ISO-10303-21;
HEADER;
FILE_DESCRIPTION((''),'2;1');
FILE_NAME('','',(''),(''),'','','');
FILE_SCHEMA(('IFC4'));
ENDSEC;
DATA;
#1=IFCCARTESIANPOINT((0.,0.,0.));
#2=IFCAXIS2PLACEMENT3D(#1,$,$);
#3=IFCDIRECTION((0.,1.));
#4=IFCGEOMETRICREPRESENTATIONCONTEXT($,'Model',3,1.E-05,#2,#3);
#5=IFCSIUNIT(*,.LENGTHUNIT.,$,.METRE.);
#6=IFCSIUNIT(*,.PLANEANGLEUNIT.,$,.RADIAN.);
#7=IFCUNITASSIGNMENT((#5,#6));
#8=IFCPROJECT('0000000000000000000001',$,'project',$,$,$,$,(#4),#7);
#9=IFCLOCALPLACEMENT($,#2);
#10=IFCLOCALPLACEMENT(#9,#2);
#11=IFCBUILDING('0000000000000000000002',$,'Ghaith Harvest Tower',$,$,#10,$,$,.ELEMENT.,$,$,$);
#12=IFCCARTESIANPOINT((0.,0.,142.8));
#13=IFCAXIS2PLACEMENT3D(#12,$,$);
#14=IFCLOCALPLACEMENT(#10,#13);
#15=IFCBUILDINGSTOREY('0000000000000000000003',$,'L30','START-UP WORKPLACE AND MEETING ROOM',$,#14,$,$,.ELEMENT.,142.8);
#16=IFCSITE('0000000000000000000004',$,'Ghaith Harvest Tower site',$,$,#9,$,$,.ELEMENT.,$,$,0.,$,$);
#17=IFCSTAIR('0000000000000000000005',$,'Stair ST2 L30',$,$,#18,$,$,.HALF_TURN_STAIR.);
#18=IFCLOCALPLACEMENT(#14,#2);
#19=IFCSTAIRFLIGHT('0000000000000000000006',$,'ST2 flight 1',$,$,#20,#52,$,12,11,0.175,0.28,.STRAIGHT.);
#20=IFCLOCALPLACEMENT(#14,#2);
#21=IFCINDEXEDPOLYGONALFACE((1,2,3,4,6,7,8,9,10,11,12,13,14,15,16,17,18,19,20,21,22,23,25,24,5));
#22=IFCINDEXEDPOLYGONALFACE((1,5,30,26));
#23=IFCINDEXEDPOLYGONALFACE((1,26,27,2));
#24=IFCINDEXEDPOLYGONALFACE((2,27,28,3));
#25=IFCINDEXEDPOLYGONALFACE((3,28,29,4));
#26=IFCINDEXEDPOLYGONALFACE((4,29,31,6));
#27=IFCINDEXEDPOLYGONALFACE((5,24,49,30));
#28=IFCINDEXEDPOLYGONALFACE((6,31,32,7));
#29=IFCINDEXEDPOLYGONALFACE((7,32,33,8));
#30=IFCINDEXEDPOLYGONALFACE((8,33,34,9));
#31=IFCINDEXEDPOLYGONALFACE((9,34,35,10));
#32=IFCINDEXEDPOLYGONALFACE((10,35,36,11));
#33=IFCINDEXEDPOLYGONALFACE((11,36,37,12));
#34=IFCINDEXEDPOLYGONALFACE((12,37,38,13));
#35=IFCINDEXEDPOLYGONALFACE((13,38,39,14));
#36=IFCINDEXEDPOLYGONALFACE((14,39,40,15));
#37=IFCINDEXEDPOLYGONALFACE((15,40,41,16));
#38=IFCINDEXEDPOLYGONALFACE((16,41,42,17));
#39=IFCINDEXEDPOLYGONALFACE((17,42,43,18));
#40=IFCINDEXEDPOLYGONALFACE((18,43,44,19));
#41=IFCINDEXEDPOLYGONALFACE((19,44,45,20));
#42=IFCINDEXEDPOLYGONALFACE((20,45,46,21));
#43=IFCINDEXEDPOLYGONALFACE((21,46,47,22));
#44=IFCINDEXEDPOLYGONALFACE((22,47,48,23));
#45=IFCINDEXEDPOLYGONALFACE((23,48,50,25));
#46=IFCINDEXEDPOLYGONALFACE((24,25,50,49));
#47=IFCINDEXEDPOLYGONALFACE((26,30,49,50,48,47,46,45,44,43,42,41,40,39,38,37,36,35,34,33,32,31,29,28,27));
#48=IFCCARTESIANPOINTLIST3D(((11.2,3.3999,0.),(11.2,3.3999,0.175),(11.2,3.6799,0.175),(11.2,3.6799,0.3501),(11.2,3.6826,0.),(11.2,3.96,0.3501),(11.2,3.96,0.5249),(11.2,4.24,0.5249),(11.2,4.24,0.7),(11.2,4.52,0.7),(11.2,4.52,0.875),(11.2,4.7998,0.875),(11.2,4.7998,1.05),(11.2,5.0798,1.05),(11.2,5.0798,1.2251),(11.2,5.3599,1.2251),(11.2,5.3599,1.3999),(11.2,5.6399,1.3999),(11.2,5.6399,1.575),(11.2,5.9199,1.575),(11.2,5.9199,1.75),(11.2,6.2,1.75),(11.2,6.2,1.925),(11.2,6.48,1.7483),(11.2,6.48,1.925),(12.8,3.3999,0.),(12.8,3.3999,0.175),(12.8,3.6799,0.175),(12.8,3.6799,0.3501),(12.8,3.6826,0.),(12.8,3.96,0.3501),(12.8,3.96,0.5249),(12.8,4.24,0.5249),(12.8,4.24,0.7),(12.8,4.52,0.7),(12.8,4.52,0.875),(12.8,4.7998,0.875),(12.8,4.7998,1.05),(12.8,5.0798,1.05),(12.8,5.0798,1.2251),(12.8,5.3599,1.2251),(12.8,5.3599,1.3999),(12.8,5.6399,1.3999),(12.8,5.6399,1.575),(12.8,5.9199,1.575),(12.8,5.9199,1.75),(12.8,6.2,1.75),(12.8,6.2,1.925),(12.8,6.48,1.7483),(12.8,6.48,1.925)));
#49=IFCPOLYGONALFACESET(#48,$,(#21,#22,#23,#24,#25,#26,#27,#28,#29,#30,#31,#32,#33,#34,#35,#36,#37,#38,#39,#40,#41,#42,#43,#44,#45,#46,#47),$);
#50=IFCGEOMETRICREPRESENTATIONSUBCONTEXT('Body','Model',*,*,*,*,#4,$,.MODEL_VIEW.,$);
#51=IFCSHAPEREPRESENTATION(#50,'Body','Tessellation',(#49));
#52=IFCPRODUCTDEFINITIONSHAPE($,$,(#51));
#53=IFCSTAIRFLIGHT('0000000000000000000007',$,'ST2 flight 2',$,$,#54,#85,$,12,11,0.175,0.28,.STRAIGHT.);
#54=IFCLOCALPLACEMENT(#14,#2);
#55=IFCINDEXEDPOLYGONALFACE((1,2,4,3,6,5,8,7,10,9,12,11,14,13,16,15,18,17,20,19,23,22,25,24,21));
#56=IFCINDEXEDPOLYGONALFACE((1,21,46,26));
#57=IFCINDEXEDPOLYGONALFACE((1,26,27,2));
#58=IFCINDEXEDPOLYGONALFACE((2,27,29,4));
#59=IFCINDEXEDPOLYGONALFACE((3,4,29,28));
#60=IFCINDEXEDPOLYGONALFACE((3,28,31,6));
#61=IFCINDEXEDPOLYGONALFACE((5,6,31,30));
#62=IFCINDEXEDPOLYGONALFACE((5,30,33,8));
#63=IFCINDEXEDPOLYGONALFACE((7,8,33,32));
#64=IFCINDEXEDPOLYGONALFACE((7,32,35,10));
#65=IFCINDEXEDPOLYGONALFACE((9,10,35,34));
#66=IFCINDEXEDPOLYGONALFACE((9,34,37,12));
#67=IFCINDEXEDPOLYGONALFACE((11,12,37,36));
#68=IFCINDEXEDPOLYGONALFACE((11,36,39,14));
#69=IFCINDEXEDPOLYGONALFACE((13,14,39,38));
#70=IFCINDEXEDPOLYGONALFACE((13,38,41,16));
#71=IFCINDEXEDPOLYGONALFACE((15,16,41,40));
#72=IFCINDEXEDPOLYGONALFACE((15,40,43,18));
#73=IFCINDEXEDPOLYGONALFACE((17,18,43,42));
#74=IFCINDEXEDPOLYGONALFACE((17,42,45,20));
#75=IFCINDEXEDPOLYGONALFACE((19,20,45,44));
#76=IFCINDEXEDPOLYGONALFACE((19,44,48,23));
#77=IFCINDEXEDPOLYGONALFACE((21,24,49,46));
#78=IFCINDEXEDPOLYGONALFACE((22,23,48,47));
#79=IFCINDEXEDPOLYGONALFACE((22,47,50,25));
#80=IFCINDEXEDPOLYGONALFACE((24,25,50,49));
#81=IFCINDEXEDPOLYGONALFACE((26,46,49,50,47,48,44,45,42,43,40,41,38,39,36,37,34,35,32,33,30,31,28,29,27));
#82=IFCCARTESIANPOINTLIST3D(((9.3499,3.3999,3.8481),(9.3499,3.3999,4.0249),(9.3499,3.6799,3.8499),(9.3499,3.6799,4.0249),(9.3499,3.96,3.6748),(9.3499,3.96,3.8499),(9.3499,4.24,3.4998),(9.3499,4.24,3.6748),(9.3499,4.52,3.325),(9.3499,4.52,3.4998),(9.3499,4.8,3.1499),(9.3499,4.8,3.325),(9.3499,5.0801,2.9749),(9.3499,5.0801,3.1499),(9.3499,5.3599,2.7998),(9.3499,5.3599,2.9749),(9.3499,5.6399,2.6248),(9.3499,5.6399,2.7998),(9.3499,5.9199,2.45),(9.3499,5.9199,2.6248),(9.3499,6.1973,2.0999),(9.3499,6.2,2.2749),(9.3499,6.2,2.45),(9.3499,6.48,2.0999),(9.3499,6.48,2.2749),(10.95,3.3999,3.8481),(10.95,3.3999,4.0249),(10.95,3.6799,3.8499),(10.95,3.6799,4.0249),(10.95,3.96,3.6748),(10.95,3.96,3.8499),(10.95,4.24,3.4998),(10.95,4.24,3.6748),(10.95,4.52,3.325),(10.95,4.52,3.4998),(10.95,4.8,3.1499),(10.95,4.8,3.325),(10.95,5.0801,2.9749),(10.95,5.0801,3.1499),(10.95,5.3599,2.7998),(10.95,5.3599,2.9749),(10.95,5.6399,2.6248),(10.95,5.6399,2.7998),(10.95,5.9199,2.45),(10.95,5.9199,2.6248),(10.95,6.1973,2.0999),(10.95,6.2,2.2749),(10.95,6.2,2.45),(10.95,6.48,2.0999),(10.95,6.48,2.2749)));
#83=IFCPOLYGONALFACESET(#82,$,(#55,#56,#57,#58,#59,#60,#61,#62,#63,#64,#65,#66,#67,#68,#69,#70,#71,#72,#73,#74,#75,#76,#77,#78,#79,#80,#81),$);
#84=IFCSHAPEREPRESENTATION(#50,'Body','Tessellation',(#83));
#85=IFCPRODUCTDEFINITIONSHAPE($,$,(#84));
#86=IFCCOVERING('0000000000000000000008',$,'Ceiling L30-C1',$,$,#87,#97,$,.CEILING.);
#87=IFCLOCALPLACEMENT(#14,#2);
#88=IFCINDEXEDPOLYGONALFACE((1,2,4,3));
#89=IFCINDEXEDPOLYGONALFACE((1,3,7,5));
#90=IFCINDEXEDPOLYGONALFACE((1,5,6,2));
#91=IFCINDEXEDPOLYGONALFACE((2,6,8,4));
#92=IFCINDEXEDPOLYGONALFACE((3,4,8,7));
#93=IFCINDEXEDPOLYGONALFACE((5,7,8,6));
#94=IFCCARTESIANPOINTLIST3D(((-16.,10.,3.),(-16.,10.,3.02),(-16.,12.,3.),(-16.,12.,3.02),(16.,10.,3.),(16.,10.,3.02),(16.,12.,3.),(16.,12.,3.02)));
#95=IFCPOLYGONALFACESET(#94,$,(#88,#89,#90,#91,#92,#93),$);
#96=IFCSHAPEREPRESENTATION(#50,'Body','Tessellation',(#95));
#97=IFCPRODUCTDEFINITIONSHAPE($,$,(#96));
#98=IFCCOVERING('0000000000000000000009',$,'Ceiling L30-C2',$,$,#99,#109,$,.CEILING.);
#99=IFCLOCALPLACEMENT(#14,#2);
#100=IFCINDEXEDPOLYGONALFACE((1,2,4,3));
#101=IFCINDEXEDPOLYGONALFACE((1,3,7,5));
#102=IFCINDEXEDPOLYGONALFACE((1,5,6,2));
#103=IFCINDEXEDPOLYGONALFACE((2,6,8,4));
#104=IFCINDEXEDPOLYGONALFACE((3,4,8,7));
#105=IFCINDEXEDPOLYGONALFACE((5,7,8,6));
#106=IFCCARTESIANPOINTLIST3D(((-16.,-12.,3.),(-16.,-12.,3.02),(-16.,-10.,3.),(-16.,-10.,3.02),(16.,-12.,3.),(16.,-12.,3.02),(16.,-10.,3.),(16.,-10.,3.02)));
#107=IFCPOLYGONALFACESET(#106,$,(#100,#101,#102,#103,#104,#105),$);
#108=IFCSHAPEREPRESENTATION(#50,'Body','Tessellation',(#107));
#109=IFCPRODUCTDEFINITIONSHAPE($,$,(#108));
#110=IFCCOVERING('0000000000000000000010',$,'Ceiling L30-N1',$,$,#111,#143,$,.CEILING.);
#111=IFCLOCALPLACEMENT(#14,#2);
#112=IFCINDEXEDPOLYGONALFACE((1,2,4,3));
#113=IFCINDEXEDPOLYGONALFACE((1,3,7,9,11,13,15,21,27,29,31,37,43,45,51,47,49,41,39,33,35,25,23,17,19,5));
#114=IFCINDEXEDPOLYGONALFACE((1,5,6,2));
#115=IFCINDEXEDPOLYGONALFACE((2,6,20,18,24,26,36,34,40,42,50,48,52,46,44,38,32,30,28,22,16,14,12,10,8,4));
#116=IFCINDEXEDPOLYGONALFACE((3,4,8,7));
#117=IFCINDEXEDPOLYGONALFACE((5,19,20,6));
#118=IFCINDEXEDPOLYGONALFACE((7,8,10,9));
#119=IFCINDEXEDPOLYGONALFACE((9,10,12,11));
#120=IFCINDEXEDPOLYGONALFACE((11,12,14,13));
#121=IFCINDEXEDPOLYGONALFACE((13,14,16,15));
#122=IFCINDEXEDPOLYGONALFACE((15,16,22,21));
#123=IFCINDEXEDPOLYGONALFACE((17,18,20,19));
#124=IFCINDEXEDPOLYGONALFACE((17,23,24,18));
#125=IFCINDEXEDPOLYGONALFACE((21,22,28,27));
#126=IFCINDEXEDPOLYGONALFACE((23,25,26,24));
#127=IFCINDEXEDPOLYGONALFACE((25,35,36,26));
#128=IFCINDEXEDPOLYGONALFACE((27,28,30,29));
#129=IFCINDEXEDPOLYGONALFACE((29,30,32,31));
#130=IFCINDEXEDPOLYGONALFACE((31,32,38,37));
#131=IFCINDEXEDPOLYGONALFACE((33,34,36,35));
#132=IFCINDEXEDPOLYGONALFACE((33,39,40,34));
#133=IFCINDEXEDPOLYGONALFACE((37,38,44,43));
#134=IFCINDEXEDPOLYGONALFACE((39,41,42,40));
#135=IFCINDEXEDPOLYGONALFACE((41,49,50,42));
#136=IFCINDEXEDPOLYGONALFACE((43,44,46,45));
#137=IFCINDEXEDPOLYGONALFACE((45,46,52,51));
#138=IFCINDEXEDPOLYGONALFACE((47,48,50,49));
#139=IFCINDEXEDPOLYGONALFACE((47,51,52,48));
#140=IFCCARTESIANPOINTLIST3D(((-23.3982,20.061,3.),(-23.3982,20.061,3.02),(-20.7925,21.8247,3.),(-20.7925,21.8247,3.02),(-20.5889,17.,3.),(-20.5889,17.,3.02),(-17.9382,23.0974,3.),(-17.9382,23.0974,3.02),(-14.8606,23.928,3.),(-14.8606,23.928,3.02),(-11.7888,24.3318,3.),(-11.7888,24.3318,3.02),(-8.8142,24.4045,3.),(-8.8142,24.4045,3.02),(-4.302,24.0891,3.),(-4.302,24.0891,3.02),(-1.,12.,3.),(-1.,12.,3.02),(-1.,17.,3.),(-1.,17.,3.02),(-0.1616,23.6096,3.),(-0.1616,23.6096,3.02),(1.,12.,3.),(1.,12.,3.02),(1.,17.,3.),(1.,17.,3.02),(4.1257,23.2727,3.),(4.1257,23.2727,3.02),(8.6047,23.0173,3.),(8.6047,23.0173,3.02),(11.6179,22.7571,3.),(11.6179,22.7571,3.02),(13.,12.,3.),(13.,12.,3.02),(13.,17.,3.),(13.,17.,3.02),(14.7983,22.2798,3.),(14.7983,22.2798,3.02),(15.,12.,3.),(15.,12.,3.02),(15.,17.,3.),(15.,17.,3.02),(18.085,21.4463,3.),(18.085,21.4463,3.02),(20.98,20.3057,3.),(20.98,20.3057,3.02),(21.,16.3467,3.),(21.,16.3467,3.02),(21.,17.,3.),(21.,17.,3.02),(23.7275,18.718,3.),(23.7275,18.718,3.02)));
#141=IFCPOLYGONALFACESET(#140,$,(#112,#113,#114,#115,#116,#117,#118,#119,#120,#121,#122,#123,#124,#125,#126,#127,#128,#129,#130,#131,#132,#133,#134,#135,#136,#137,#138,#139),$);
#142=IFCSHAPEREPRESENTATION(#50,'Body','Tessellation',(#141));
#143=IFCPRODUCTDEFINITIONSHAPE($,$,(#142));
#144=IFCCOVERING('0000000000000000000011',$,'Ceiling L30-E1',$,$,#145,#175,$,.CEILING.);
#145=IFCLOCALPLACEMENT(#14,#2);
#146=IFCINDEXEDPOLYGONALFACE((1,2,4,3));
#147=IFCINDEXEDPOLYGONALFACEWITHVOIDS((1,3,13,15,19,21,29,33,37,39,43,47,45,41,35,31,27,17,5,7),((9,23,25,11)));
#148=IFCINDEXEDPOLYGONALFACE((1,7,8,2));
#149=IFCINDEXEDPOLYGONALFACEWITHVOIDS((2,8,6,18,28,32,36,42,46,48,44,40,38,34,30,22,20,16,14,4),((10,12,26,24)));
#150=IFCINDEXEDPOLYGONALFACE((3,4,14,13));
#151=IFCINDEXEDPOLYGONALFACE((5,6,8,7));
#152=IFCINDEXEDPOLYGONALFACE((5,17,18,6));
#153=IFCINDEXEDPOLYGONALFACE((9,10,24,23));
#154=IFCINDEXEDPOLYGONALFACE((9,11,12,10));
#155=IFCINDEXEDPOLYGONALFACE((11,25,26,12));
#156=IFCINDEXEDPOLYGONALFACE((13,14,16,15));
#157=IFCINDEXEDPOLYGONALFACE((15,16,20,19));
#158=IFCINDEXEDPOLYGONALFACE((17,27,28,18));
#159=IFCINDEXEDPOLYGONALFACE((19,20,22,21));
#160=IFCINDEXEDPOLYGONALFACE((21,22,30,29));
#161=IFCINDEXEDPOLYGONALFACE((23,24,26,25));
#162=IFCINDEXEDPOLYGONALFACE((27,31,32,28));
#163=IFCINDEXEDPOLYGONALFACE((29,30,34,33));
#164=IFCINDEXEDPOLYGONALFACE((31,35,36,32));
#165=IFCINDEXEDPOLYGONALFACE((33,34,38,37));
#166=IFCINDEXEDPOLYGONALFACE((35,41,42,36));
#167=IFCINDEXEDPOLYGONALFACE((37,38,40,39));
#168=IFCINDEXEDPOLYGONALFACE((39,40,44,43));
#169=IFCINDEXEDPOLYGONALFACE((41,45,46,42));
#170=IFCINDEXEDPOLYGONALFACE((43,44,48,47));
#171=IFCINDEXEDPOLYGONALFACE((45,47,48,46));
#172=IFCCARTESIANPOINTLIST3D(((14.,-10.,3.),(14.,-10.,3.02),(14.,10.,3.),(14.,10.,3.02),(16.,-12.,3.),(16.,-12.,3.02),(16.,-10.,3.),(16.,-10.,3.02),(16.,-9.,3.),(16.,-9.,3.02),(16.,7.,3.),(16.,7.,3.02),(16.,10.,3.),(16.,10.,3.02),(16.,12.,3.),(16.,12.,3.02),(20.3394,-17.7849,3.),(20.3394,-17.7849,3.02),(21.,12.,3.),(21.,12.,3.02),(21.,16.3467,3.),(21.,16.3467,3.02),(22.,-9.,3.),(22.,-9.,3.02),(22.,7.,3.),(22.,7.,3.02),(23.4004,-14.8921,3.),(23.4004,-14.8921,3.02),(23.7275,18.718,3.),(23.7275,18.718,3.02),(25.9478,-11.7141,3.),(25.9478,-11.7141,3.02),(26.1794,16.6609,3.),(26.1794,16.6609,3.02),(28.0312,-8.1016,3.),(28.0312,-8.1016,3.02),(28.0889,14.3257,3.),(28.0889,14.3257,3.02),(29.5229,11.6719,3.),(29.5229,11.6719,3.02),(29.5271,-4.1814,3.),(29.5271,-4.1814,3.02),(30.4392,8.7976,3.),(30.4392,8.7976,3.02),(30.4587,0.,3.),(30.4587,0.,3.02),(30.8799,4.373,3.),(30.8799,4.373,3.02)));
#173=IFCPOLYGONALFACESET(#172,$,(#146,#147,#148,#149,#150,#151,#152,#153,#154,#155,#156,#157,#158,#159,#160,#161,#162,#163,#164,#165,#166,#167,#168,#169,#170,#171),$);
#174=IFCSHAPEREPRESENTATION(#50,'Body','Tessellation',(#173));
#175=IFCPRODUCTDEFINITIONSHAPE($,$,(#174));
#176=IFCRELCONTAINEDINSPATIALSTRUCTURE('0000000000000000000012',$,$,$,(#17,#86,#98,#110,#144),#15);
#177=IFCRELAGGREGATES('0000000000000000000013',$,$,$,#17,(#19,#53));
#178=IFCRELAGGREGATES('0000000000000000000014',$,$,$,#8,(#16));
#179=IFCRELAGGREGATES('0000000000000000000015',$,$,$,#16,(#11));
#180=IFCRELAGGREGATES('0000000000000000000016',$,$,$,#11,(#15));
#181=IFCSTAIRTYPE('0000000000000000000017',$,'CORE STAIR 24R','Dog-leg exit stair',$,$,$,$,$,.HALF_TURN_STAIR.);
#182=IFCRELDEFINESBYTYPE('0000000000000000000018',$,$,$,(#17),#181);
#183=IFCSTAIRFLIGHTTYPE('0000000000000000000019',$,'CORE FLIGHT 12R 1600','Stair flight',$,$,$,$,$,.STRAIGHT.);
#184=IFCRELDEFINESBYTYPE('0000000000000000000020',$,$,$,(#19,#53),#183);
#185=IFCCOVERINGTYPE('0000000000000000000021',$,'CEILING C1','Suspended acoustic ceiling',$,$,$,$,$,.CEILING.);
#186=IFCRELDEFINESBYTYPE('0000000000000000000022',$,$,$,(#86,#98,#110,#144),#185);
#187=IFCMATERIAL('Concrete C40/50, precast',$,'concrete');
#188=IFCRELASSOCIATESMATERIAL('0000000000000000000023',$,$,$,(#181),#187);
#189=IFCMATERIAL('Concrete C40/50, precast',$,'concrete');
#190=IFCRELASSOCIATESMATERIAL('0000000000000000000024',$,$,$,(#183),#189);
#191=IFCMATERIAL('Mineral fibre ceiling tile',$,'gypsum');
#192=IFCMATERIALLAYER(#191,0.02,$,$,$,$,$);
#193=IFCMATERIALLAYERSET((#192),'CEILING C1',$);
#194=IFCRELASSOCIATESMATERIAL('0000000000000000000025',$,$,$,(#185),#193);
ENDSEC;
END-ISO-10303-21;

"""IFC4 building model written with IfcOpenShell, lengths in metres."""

from ifc_helpers import new_model, si_unit, direction, frame, origin, place, context, subcontext, project, spatial, polyline, outline, extrude, material, layer, layer_set, type_object, element, aggregate, save


model = new_model("IFC4")

# Units and contexts
model_context = context("Model", 3, precision=1e-05, world=origin(), true_north=direction((0.0, 1.0)))
body_context = subcontext(model_context, "Body", "Model", "MODEL_VIEW")
ifc_project = project(units=[si_unit("LENGTHUNIT", "METRE"), si_unit("PLANEANGLEUNIT", "RADIAN")], contexts=[model_context])

# Site, building, storey
site_placement = place(None, origin())
site = spatial("IfcSite", under=ifc_project, at=site_placement, Name="Ghaith Harvest Tower site", CompositionType="ELEMENT", RefElevation=0.0)
building_placement = place(site_placement, origin())
building = spatial("IfcBuilding", under=site, at=building_placement, Name="Ghaith Harvest Tower", CompositionType="ELEMENT")
storey_placement = place(building_placement, frame((0.0, 0.0, 142.8)))
storey = spatial("IfcBuildingStorey", under=building, at=storey_placement, Name="L30", Description="START-UP WORKPLACE AND MEETING ROOM", CompositionType="ELEMENT", Elevation=142.8)

# Stair, stair flights
ifc_material_1 = material(Name="Concrete C40/50, precast", Category="concrete")
stair_type = type_object("IfcStairType", Name="CORE STAIR 24R", Description="Dog-leg exit stair", PredefinedType="HALF_TURN_STAIR", material=ifc_material_1)
stair_placement = place(storey_placement, origin())
stair = element("IfcStair", 1, at=stair_placement, inside=storey, type_object=stair_type, Name="Stair ST2 L30", PredefinedType="HALF_TURN_STAIR")
ifc_material_2 = material(Name="Concrete C40/50, precast", Category="concrete")
stair_flight_type = type_object("IfcStairFlightType", Name="CORE FLIGHT 12R 1600", Description="Stair flight", PredefinedType="STRAIGHT", material=ifc_material_2)
stair_flight_1_placement = place(storey_placement, frame((12.0, 3.3999, 0.0), z_axis=(0.0, 0.0, 1.0), x_axis=(0.0, 1.0, 0.0)))
stair_flight_1 = element("IfcStairFlight", 2, at=stair_flight_1_placement, type_object=stair_flight_type, Name="ST2 flight 1", NumberOfRisers=12, NumberOfTreads=11, PredefinedType="STRAIGHT", RiserHeight=0.175, TreadLength=0.28, context=body_context, shape_type="SweptSolid", body=[
    extrude(outline(polyline([(0.0, 0.0), (0.0, 0.175), (0.28, 0.175), (0.28, 0.3501), (0.5601, 0.3501), (0.5601, 0.5249), (0.8401, 0.5249), (0.8401, 0.7), (1.1201, 0.7), (1.1201, 0.875), (1.3999, 0.875), (1.3999, 1.05), (1.6799, 1.05), (1.6799, 1.2251), (1.96, 1.2251), (1.96, 1.3999), (2.24, 1.3999), (2.24, 1.575), (2.52, 1.575), (2.52, 1.75), (2.8, 1.75), (2.8, 1.925), (3.0801, 1.925), (3.0801, 2.1001), (3.0801, 1.7483), (0.2827, 0.0), (0.0, 0.0)])), frame((0.0, 0.8, 0.0), z_axis=(0.0, -1.0, 0.0), x_axis=(1.0, 0.0, 0.0)), (0.0, 0.0, 1.0), 1.6001),
])
stair_flight_2_placement = place(storey_placement, frame((10.1499, 6.48, 2.0999), z_axis=(0.0, 0.0, 1.0), x_axis=(0.0, -1.0, 0.0)))
stair_flight_2 = element("IfcStairFlight", 3, at=stair_flight_2_placement, type_object=stair_flight_type, Name="ST2 flight 2", NumberOfRisers=12, NumberOfTreads=11, PredefinedType="STRAIGHT", RiserHeight=0.175, TreadLength=0.28, context=body_context, shape_type="SweptSolid", body=[
    extrude(outline(polyline([(0.0, 0.0), (0.0, 0.175), (0.28, 0.175), (0.28, 0.3501), (0.5601, 0.3501), (0.5601, 0.5249), (0.8401, 0.5249), (0.8401, 0.7), (1.1201, 0.7), (1.1201, 0.875), (1.3999, 0.875), (1.3999, 1.05), (1.6799, 1.05), (1.6799, 1.2251), (1.96, 1.2251), (1.96, 1.3999), (2.24, 1.3999), (2.24, 1.575), (2.52, 1.575), (2.52, 1.75), (2.8, 1.75), (2.8, 1.925), (3.0801, 1.925), (3.0801, 2.1001), (3.0801, 1.7483), (0.2827, 0.0), (0.0, 0.0)])), frame((0.0, 0.8, 0.0), z_axis=(0.0, -1.0, 0.0), x_axis=(1.0, 0.0, 0.0)), (0.0, 0.0, 1.0), 1.6001),
])
aggregate(stair, [stair_flight_1, stair_flight_2])

# Coverings
ifc_material_3 = material(Name="Mineral fibre ceiling tile", Category="gypsum")
ifc_layer_1 = layer(ifc_material_3, 0.02)
ifc_layer_set_1 = layer_set([ifc_layer_1], Name="CEILING C1")
covering_type = type_object("IfcCoveringType", Name="CEILING C1", Description="Suspended acoustic ceiling", PredefinedType="CEILING", material=ifc_layer_set_1)
covering_1_placement = place(storey_placement, frame((0.0, 0.0, 3.0)))
element("IfcCovering", 4, at=covering_1_placement, inside=storey, type_object=covering_type, Name="Ceiling L30-C1", PredefinedType="CEILING", context=body_context, shape_type="SweptSolid", body=[
    extrude(outline(polyline([(16.0, 10.0), (-16.0, 10.0), (-16.0, 12.0), (16.0, 12.0), (16.0, 10.0)])), origin(), (0.0, 0.0, 1.0), 0.02),
])
covering_2_placement = place(storey_placement, frame((0.0, 0.0, 3.0)))
element("IfcCovering", 5, at=covering_2_placement, inside=storey, type_object=covering_type, Name="Ceiling L30-C2", PredefinedType="CEILING", context=body_context, shape_type="SweptSolid", body=[
    extrude(outline(polyline([(-16.0, -10.0), (16.0, -10.0), (16.0, -12.0), (-16.0, -12.0), (-16.0, -10.0)])), origin(), (0.0, 0.0, 1.0), 0.02),
])
covering_3_placement = place(storey_placement, frame((0.0, 0.0, 3.0)))
element("IfcCovering", 6, at=covering_3_placement, inside=storey, type_object=covering_type, Name="Ceiling L30-N1", PredefinedType="CEILING", context=body_context, shape_type="SweptSolid", body=[
    extrude(outline(polyline([(-20.7925, 21.8247), (-17.9382, 23.0974), (-14.8606, 23.928), (-11.7888, 24.3318), (-8.8142, 24.4045), (-4.302, 24.0891), (-0.1616, 23.6096), (4.1257, 23.2727), (8.6047, 23.0173), (11.6179, 22.7571), (14.7983, 22.2798), (18.085, 21.4463), (20.98, 20.3057), (23.7275, 18.718), (21.0, 16.3467), (21.0, 17.0), (15.0, 17.0), (15.0, 12.0), (13.0, 12.0), (13.0, 17.0), (1.0, 17.0), (1.0, 12.0), (-1.0, 12.0), (-1.0, 17.0), (-20.5889, 17.0), (-23.3982, 20.061), (-20.7925, 21.8247)])), origin(), (0.0, 0.0, 1.0), 0.02),
])
covering_4_placement = place(storey_placement, frame((0.0, 0.0, 3.0)))
element("IfcCovering", 7, at=covering_4_placement, inside=storey, type_object=covering_type, Name="Ceiling L30-E1", PredefinedType="CEILING", context=body_context, shape_type="SweptSolid", body=[
    extrude(outline(polyline([(26.1794, 16.6609), (28.0889, 14.3257), (29.5229, 11.6719), (30.4392, 8.7976), (30.8799, 4.373), (30.4587, 0.0), (29.5271, -4.1814), (28.0312, -8.1016), (25.9478, -11.7141), (23.4004, -14.8921), (20.3394, -17.7849), (16.0, -12.0), (16.0, -10.0), (14.0, -10.0), (14.0, 10.0), (16.0, 10.0), (16.0, 12.0), (21.0, 12.0), (21.0, 16.3467), (23.7275, 18.718), (26.1794, 16.6609)]), holes=[polyline([(16.0, 7.0), (16.0, -9.0), (22.0, -9.0), (22.0, 7.0), (16.0, 7.0)])]), origin(), (0.0, 0.0, 1.0), 0.02),
])

save(model, "model.ifc")
